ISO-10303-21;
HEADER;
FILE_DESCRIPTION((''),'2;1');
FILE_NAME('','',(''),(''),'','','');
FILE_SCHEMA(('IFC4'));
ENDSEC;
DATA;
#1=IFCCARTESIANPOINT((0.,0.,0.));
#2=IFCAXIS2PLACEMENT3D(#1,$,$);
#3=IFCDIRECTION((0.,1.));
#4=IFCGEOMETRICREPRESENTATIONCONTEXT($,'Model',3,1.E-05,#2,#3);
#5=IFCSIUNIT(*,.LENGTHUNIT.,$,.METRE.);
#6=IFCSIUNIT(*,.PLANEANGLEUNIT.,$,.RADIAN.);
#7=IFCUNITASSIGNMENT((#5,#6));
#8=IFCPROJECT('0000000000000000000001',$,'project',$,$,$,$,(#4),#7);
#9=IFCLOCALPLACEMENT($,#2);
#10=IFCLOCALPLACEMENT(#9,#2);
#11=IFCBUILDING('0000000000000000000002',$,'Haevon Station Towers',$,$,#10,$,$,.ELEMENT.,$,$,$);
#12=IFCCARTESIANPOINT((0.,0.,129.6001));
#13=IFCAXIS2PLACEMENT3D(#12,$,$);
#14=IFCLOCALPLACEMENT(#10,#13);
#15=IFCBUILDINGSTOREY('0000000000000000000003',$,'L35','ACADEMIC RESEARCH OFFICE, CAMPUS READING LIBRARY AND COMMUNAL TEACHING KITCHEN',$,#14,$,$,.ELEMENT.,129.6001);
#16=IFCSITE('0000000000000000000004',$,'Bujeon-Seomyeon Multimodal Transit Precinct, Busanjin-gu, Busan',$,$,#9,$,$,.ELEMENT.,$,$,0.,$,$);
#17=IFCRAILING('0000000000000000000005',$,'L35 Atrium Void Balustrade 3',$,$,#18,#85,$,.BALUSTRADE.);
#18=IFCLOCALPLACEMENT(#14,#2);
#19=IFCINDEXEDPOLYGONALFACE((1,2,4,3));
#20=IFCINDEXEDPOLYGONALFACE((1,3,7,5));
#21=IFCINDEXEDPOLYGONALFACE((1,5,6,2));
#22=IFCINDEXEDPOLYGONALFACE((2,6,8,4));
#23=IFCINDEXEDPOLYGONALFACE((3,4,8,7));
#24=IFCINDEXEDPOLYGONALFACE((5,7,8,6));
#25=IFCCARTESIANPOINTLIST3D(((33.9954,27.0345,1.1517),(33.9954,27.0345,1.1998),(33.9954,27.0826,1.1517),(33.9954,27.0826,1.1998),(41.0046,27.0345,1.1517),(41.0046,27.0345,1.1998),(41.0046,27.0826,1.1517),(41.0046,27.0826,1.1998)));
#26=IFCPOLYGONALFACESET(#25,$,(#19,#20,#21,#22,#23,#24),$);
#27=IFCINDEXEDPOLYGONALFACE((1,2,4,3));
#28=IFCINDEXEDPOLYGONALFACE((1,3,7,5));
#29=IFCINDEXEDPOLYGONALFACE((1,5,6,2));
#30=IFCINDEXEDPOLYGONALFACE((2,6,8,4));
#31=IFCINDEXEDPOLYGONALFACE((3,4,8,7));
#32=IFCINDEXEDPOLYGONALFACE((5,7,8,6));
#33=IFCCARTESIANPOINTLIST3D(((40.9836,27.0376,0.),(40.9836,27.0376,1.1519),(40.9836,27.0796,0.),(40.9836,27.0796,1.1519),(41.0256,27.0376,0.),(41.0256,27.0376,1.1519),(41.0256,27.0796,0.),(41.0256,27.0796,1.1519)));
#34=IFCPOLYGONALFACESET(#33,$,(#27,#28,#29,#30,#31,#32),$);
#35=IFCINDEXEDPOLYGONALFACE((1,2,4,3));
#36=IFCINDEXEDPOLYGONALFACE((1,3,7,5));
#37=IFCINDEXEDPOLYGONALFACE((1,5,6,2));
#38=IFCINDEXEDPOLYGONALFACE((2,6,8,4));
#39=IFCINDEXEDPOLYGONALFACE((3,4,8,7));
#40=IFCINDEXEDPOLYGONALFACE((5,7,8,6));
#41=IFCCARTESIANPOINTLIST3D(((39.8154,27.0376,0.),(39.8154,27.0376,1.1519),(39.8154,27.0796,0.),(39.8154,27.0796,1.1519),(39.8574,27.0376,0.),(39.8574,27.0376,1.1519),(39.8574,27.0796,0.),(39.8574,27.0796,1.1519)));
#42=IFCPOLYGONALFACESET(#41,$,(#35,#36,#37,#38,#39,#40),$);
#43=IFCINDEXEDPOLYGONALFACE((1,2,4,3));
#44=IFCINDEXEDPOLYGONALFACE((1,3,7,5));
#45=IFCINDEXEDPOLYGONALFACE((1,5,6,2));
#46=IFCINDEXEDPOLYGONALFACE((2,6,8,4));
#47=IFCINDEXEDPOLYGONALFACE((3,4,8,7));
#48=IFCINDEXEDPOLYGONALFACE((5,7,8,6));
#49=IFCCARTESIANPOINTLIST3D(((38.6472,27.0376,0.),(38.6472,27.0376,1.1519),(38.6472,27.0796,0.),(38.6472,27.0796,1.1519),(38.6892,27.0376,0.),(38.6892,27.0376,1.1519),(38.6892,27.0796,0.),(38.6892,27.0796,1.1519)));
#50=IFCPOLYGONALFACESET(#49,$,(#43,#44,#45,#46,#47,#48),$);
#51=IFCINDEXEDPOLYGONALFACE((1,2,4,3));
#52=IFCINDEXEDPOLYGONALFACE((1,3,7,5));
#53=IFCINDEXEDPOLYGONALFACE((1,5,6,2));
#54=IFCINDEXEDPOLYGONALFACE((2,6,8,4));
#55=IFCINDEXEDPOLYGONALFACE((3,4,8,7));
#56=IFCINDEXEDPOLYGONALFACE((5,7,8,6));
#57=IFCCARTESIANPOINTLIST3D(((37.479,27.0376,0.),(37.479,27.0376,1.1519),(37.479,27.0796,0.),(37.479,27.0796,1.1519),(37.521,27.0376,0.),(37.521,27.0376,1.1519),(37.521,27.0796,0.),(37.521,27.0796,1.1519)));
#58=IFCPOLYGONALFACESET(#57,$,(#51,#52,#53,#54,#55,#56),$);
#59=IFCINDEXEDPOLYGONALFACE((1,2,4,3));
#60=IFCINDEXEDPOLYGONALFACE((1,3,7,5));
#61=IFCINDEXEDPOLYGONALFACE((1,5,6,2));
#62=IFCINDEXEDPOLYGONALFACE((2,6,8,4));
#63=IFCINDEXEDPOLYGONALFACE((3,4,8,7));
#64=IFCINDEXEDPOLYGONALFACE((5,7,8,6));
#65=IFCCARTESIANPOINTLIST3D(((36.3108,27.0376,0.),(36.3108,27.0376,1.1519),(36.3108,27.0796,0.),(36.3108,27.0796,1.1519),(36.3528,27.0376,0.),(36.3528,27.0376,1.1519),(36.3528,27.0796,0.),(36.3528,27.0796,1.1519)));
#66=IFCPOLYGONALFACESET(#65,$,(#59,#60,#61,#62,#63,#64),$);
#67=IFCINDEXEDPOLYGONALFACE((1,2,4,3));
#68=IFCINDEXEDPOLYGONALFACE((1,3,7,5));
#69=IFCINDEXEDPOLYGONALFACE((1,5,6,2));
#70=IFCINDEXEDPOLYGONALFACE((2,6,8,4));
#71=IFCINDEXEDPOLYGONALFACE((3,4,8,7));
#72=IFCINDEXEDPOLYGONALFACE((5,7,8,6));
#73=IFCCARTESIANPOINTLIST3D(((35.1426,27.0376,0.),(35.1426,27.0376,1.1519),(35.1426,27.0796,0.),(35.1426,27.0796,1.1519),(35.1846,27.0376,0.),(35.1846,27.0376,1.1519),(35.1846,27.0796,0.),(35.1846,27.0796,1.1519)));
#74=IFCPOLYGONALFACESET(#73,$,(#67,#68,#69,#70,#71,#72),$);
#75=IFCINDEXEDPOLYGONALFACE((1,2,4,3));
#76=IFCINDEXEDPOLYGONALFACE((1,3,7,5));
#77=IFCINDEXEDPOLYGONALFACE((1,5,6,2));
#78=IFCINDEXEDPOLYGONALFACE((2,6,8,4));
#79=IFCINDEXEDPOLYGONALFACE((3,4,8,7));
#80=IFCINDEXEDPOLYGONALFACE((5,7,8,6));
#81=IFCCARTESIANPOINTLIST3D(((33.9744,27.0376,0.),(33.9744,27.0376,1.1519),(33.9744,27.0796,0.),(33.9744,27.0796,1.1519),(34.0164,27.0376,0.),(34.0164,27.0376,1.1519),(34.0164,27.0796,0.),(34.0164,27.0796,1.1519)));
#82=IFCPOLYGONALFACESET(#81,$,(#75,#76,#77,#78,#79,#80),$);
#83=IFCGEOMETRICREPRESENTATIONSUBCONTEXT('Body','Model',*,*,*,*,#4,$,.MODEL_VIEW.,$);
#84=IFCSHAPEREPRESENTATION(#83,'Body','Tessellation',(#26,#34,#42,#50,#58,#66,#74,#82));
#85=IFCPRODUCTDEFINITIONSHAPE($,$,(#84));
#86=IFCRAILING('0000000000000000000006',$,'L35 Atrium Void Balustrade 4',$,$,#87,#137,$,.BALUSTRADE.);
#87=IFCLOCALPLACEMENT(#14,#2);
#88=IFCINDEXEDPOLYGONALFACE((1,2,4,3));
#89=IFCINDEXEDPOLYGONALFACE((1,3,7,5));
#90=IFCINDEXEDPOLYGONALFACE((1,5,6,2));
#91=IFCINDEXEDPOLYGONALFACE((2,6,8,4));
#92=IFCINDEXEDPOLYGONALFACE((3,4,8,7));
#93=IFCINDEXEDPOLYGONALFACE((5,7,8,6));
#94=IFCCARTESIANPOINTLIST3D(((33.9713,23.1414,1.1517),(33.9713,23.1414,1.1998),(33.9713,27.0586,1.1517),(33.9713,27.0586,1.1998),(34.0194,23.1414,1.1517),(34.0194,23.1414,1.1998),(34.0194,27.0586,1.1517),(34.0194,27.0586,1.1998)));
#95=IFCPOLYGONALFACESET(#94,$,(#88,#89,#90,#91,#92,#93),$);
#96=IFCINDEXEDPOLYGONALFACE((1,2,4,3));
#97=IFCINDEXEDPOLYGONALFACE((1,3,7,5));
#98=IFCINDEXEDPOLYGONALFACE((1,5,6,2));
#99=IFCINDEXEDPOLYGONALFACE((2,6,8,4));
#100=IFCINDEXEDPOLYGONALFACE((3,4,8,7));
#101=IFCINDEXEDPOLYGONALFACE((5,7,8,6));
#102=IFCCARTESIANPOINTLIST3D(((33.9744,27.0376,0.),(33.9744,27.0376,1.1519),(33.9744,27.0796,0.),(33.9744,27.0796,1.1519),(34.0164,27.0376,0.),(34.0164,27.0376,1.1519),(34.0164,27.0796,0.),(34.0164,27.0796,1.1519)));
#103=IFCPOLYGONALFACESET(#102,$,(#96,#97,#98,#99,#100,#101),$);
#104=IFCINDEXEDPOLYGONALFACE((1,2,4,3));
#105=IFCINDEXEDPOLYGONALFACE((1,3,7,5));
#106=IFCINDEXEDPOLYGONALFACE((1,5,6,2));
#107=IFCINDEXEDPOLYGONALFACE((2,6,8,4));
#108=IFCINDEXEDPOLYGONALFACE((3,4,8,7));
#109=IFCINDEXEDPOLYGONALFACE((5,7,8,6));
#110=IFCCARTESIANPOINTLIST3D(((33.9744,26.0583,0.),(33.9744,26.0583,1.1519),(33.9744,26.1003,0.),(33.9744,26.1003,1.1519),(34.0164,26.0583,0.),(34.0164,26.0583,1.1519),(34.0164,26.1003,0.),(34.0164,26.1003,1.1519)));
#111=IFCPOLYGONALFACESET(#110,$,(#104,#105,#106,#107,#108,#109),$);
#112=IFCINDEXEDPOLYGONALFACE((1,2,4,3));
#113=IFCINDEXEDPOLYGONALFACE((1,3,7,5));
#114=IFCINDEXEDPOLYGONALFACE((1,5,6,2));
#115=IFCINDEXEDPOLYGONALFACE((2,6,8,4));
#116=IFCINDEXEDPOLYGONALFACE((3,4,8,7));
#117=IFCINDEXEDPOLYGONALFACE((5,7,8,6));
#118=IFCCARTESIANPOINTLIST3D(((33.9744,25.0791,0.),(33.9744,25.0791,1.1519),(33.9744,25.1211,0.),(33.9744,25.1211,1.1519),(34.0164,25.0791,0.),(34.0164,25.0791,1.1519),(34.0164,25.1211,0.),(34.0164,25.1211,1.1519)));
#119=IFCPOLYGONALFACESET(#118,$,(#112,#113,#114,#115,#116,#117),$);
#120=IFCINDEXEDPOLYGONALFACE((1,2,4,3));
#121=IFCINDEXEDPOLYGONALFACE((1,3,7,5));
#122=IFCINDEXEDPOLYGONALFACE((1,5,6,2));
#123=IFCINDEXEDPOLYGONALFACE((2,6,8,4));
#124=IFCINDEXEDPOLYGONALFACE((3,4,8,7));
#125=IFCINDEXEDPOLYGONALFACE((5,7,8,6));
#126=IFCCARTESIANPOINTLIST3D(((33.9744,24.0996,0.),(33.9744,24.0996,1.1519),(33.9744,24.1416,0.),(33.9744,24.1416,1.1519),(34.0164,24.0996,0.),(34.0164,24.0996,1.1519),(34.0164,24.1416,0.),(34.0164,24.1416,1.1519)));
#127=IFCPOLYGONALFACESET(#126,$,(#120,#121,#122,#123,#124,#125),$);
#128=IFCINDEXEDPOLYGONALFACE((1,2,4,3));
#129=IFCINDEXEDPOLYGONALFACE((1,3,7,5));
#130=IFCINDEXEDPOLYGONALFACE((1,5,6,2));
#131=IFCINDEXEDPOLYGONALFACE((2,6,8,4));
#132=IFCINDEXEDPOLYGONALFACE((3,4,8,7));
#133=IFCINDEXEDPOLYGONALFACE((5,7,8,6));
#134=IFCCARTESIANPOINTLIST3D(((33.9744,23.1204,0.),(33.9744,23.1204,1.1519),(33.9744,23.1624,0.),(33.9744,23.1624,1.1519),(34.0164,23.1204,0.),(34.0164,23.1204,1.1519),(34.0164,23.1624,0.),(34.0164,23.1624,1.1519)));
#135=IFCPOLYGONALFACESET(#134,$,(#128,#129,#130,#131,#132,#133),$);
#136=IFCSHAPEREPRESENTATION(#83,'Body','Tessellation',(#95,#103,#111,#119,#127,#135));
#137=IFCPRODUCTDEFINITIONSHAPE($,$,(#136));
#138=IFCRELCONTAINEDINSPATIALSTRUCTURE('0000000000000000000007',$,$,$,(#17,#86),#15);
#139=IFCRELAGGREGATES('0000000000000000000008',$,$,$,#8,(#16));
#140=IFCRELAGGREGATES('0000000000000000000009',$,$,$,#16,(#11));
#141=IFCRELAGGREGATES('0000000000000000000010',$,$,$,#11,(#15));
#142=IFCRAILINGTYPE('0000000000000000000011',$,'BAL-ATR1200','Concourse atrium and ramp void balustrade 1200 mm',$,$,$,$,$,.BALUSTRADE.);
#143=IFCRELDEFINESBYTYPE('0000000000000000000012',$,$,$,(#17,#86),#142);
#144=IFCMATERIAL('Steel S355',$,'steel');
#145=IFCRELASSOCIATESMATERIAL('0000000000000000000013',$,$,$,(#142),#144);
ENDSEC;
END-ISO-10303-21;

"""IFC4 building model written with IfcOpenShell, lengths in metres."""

from ifc_helpers import new_model, si_unit, direction, frame, origin, origin_2d, place, context, subcontext, project, spatial, rectangle, extrude, material, type_object, element, save


model = new_model("IFC4")

# Units and contexts
model_context = context("Model", 3, precision=1e-05, world=origin(), true_north=direction((0.0, 1.0)))
body_context = subcontext(model_context, "Body", "Model", "MODEL_VIEW")
ifc_project = project(units=[si_unit("LENGTHUNIT", "METRE"), si_unit("PLANEANGLEUNIT", "RADIAN")], contexts=[model_context])

# Site, building, storey
site_placement = place(None, origin())
site = spatial("IfcSite", under=ifc_project, at=site_placement, Name="Bujeon-Seomyeon Multimodal Transit Precinct, Busanjin-gu, Busan", CompositionType="ELEMENT", RefElevation=0.0)
building_placement = place(site_placement, origin())
building = spatial("IfcBuilding", under=site, at=building_placement, Name="Haevon Station Towers", CompositionType="ELEMENT")
storey_placement = place(building_placement, frame((0.0, 0.0, 129.6001)))
storey = spatial("IfcBuildingStorey", under=building, at=storey_placement, Name="L35", Description="ACADEMIC RESEARCH OFFICE, CAMPUS READING LIBRARY AND COMMUNAL TEACHING KITCHEN", CompositionType="ELEMENT", Elevation=129.6001)

# Shared definitions
ifc_material_1 = material(Name="Steel S355", Category="steel")

# Railings
railing_type = type_object("IfcRailingType", Name="BAL-ATR1200", Description="Concourse atrium and ramp void balustrade 1200 mm", PredefinedType="BALUSTRADE", material=ifc_material_1)
railing_1_placement = place(storey_placement, frame((41.0046, 27.0586, 0.0)))
element("IfcRailing", 1, at=railing_1_placement, inside=storey, type_object=railing_type, Name="L35 Atrium Void Balustrade 3", PredefinedType="BALUSTRADE", context=body_context, shape_type="SweptSolid", body=[
    extrude(rectangle(XDim=0.0481, YDim=0.0481, at=origin_2d()), frame((0.0, 0.0, 1.1758), z_axis=(-1.0, 0.0, 0.0), x_axis=(0.0, -1.0, 0.0)), (0.0, 0.0, 1.0), 7.0093),
    extrude(rectangle(XDim=0.042, YDim=0.042, at=origin_2d()), origin(), (0.0, 0.0, 1.0), 1.1519),
    extrude(rectangle(XDim=0.042, YDim=0.042, at=origin_2d()), frame((-1.1682, 0.0, 0.0)), (0.0, 0.0, 1.0), 1.1519),
    extrude(rectangle(XDim=0.042, YDim=0.042, at=origin_2d()), frame((-2.3364, 0.0, 0.0)), (0.0, 0.0, 1.0), 1.1519),
    extrude(rectangle(XDim=0.042, YDim=0.042, at=origin_2d()), frame((-3.5046, 0.0, 0.0)), (0.0, 0.0, 1.0), 1.1519),
    extrude(rectangle(XDim=0.042, YDim=0.042, at=origin_2d()), frame((-4.6729, 0.0, 0.0)), (0.0, 0.0, 1.0), 1.1519),
    extrude(rectangle(XDim=0.042, YDim=0.042, at=origin_2d()), frame((-5.8411, 0.0, 0.0)), (0.0, 0.0, 1.0), 1.1519),
    extrude(rectangle(XDim=0.042, YDim=0.042, at=origin_2d()), frame((-7.0093, 0.0, 0.0)), (0.0, 0.0, 1.0), 1.1519),
])
railing_2_placement = place(storey_placement, frame((33.9954, 27.0586, 0.0)))
element("IfcRailing", 2, at=railing_2_placement, inside=storey, type_object=railing_type, Name="L35 Atrium Void Balustrade 4", PredefinedType="BALUSTRADE", context=body_context, shape_type="SweptSolid", body=[
    extrude(rectangle(XDim=0.0481, YDim=0.0481, at=origin_2d()), frame((0.0, 0.0, 1.1758), z_axis=(0.0, -1.0, 0.0), x_axis=(1.0, 0.0, 0.0)), (0.0, 0.0, 1.0), 3.9172),
    extrude(rectangle(XDim=0.042, YDim=0.042, at=origin_2d()), origin(), (0.0, 0.0, 1.0), 1.1519),
    extrude(rectangle(XDim=0.042, YDim=0.042, at=origin_2d()), frame((0.0, -0.9792, 0.0)), (0.0, 0.0, 1.0), 1.1519),
    extrude(rectangle(XDim=0.042, YDim=0.042, at=origin_2d()), frame((0.0, -1.9585, 0.0)), (0.0, 0.0, 1.0), 1.1519),
    extrude(rectangle(XDim=0.042, YDim=0.042, at=origin_2d()), frame((0.0, -2.938, 0.0)), (0.0, 0.0, 1.0), 1.1519),
    extrude(rectangle(XDim=0.042, YDim=0.042, at=origin_2d()), frame((0.0, -3.9172, 0.0)), (0.0, 0.0, 1.0), 1.1519),
])

save(model, "model.ifc")
